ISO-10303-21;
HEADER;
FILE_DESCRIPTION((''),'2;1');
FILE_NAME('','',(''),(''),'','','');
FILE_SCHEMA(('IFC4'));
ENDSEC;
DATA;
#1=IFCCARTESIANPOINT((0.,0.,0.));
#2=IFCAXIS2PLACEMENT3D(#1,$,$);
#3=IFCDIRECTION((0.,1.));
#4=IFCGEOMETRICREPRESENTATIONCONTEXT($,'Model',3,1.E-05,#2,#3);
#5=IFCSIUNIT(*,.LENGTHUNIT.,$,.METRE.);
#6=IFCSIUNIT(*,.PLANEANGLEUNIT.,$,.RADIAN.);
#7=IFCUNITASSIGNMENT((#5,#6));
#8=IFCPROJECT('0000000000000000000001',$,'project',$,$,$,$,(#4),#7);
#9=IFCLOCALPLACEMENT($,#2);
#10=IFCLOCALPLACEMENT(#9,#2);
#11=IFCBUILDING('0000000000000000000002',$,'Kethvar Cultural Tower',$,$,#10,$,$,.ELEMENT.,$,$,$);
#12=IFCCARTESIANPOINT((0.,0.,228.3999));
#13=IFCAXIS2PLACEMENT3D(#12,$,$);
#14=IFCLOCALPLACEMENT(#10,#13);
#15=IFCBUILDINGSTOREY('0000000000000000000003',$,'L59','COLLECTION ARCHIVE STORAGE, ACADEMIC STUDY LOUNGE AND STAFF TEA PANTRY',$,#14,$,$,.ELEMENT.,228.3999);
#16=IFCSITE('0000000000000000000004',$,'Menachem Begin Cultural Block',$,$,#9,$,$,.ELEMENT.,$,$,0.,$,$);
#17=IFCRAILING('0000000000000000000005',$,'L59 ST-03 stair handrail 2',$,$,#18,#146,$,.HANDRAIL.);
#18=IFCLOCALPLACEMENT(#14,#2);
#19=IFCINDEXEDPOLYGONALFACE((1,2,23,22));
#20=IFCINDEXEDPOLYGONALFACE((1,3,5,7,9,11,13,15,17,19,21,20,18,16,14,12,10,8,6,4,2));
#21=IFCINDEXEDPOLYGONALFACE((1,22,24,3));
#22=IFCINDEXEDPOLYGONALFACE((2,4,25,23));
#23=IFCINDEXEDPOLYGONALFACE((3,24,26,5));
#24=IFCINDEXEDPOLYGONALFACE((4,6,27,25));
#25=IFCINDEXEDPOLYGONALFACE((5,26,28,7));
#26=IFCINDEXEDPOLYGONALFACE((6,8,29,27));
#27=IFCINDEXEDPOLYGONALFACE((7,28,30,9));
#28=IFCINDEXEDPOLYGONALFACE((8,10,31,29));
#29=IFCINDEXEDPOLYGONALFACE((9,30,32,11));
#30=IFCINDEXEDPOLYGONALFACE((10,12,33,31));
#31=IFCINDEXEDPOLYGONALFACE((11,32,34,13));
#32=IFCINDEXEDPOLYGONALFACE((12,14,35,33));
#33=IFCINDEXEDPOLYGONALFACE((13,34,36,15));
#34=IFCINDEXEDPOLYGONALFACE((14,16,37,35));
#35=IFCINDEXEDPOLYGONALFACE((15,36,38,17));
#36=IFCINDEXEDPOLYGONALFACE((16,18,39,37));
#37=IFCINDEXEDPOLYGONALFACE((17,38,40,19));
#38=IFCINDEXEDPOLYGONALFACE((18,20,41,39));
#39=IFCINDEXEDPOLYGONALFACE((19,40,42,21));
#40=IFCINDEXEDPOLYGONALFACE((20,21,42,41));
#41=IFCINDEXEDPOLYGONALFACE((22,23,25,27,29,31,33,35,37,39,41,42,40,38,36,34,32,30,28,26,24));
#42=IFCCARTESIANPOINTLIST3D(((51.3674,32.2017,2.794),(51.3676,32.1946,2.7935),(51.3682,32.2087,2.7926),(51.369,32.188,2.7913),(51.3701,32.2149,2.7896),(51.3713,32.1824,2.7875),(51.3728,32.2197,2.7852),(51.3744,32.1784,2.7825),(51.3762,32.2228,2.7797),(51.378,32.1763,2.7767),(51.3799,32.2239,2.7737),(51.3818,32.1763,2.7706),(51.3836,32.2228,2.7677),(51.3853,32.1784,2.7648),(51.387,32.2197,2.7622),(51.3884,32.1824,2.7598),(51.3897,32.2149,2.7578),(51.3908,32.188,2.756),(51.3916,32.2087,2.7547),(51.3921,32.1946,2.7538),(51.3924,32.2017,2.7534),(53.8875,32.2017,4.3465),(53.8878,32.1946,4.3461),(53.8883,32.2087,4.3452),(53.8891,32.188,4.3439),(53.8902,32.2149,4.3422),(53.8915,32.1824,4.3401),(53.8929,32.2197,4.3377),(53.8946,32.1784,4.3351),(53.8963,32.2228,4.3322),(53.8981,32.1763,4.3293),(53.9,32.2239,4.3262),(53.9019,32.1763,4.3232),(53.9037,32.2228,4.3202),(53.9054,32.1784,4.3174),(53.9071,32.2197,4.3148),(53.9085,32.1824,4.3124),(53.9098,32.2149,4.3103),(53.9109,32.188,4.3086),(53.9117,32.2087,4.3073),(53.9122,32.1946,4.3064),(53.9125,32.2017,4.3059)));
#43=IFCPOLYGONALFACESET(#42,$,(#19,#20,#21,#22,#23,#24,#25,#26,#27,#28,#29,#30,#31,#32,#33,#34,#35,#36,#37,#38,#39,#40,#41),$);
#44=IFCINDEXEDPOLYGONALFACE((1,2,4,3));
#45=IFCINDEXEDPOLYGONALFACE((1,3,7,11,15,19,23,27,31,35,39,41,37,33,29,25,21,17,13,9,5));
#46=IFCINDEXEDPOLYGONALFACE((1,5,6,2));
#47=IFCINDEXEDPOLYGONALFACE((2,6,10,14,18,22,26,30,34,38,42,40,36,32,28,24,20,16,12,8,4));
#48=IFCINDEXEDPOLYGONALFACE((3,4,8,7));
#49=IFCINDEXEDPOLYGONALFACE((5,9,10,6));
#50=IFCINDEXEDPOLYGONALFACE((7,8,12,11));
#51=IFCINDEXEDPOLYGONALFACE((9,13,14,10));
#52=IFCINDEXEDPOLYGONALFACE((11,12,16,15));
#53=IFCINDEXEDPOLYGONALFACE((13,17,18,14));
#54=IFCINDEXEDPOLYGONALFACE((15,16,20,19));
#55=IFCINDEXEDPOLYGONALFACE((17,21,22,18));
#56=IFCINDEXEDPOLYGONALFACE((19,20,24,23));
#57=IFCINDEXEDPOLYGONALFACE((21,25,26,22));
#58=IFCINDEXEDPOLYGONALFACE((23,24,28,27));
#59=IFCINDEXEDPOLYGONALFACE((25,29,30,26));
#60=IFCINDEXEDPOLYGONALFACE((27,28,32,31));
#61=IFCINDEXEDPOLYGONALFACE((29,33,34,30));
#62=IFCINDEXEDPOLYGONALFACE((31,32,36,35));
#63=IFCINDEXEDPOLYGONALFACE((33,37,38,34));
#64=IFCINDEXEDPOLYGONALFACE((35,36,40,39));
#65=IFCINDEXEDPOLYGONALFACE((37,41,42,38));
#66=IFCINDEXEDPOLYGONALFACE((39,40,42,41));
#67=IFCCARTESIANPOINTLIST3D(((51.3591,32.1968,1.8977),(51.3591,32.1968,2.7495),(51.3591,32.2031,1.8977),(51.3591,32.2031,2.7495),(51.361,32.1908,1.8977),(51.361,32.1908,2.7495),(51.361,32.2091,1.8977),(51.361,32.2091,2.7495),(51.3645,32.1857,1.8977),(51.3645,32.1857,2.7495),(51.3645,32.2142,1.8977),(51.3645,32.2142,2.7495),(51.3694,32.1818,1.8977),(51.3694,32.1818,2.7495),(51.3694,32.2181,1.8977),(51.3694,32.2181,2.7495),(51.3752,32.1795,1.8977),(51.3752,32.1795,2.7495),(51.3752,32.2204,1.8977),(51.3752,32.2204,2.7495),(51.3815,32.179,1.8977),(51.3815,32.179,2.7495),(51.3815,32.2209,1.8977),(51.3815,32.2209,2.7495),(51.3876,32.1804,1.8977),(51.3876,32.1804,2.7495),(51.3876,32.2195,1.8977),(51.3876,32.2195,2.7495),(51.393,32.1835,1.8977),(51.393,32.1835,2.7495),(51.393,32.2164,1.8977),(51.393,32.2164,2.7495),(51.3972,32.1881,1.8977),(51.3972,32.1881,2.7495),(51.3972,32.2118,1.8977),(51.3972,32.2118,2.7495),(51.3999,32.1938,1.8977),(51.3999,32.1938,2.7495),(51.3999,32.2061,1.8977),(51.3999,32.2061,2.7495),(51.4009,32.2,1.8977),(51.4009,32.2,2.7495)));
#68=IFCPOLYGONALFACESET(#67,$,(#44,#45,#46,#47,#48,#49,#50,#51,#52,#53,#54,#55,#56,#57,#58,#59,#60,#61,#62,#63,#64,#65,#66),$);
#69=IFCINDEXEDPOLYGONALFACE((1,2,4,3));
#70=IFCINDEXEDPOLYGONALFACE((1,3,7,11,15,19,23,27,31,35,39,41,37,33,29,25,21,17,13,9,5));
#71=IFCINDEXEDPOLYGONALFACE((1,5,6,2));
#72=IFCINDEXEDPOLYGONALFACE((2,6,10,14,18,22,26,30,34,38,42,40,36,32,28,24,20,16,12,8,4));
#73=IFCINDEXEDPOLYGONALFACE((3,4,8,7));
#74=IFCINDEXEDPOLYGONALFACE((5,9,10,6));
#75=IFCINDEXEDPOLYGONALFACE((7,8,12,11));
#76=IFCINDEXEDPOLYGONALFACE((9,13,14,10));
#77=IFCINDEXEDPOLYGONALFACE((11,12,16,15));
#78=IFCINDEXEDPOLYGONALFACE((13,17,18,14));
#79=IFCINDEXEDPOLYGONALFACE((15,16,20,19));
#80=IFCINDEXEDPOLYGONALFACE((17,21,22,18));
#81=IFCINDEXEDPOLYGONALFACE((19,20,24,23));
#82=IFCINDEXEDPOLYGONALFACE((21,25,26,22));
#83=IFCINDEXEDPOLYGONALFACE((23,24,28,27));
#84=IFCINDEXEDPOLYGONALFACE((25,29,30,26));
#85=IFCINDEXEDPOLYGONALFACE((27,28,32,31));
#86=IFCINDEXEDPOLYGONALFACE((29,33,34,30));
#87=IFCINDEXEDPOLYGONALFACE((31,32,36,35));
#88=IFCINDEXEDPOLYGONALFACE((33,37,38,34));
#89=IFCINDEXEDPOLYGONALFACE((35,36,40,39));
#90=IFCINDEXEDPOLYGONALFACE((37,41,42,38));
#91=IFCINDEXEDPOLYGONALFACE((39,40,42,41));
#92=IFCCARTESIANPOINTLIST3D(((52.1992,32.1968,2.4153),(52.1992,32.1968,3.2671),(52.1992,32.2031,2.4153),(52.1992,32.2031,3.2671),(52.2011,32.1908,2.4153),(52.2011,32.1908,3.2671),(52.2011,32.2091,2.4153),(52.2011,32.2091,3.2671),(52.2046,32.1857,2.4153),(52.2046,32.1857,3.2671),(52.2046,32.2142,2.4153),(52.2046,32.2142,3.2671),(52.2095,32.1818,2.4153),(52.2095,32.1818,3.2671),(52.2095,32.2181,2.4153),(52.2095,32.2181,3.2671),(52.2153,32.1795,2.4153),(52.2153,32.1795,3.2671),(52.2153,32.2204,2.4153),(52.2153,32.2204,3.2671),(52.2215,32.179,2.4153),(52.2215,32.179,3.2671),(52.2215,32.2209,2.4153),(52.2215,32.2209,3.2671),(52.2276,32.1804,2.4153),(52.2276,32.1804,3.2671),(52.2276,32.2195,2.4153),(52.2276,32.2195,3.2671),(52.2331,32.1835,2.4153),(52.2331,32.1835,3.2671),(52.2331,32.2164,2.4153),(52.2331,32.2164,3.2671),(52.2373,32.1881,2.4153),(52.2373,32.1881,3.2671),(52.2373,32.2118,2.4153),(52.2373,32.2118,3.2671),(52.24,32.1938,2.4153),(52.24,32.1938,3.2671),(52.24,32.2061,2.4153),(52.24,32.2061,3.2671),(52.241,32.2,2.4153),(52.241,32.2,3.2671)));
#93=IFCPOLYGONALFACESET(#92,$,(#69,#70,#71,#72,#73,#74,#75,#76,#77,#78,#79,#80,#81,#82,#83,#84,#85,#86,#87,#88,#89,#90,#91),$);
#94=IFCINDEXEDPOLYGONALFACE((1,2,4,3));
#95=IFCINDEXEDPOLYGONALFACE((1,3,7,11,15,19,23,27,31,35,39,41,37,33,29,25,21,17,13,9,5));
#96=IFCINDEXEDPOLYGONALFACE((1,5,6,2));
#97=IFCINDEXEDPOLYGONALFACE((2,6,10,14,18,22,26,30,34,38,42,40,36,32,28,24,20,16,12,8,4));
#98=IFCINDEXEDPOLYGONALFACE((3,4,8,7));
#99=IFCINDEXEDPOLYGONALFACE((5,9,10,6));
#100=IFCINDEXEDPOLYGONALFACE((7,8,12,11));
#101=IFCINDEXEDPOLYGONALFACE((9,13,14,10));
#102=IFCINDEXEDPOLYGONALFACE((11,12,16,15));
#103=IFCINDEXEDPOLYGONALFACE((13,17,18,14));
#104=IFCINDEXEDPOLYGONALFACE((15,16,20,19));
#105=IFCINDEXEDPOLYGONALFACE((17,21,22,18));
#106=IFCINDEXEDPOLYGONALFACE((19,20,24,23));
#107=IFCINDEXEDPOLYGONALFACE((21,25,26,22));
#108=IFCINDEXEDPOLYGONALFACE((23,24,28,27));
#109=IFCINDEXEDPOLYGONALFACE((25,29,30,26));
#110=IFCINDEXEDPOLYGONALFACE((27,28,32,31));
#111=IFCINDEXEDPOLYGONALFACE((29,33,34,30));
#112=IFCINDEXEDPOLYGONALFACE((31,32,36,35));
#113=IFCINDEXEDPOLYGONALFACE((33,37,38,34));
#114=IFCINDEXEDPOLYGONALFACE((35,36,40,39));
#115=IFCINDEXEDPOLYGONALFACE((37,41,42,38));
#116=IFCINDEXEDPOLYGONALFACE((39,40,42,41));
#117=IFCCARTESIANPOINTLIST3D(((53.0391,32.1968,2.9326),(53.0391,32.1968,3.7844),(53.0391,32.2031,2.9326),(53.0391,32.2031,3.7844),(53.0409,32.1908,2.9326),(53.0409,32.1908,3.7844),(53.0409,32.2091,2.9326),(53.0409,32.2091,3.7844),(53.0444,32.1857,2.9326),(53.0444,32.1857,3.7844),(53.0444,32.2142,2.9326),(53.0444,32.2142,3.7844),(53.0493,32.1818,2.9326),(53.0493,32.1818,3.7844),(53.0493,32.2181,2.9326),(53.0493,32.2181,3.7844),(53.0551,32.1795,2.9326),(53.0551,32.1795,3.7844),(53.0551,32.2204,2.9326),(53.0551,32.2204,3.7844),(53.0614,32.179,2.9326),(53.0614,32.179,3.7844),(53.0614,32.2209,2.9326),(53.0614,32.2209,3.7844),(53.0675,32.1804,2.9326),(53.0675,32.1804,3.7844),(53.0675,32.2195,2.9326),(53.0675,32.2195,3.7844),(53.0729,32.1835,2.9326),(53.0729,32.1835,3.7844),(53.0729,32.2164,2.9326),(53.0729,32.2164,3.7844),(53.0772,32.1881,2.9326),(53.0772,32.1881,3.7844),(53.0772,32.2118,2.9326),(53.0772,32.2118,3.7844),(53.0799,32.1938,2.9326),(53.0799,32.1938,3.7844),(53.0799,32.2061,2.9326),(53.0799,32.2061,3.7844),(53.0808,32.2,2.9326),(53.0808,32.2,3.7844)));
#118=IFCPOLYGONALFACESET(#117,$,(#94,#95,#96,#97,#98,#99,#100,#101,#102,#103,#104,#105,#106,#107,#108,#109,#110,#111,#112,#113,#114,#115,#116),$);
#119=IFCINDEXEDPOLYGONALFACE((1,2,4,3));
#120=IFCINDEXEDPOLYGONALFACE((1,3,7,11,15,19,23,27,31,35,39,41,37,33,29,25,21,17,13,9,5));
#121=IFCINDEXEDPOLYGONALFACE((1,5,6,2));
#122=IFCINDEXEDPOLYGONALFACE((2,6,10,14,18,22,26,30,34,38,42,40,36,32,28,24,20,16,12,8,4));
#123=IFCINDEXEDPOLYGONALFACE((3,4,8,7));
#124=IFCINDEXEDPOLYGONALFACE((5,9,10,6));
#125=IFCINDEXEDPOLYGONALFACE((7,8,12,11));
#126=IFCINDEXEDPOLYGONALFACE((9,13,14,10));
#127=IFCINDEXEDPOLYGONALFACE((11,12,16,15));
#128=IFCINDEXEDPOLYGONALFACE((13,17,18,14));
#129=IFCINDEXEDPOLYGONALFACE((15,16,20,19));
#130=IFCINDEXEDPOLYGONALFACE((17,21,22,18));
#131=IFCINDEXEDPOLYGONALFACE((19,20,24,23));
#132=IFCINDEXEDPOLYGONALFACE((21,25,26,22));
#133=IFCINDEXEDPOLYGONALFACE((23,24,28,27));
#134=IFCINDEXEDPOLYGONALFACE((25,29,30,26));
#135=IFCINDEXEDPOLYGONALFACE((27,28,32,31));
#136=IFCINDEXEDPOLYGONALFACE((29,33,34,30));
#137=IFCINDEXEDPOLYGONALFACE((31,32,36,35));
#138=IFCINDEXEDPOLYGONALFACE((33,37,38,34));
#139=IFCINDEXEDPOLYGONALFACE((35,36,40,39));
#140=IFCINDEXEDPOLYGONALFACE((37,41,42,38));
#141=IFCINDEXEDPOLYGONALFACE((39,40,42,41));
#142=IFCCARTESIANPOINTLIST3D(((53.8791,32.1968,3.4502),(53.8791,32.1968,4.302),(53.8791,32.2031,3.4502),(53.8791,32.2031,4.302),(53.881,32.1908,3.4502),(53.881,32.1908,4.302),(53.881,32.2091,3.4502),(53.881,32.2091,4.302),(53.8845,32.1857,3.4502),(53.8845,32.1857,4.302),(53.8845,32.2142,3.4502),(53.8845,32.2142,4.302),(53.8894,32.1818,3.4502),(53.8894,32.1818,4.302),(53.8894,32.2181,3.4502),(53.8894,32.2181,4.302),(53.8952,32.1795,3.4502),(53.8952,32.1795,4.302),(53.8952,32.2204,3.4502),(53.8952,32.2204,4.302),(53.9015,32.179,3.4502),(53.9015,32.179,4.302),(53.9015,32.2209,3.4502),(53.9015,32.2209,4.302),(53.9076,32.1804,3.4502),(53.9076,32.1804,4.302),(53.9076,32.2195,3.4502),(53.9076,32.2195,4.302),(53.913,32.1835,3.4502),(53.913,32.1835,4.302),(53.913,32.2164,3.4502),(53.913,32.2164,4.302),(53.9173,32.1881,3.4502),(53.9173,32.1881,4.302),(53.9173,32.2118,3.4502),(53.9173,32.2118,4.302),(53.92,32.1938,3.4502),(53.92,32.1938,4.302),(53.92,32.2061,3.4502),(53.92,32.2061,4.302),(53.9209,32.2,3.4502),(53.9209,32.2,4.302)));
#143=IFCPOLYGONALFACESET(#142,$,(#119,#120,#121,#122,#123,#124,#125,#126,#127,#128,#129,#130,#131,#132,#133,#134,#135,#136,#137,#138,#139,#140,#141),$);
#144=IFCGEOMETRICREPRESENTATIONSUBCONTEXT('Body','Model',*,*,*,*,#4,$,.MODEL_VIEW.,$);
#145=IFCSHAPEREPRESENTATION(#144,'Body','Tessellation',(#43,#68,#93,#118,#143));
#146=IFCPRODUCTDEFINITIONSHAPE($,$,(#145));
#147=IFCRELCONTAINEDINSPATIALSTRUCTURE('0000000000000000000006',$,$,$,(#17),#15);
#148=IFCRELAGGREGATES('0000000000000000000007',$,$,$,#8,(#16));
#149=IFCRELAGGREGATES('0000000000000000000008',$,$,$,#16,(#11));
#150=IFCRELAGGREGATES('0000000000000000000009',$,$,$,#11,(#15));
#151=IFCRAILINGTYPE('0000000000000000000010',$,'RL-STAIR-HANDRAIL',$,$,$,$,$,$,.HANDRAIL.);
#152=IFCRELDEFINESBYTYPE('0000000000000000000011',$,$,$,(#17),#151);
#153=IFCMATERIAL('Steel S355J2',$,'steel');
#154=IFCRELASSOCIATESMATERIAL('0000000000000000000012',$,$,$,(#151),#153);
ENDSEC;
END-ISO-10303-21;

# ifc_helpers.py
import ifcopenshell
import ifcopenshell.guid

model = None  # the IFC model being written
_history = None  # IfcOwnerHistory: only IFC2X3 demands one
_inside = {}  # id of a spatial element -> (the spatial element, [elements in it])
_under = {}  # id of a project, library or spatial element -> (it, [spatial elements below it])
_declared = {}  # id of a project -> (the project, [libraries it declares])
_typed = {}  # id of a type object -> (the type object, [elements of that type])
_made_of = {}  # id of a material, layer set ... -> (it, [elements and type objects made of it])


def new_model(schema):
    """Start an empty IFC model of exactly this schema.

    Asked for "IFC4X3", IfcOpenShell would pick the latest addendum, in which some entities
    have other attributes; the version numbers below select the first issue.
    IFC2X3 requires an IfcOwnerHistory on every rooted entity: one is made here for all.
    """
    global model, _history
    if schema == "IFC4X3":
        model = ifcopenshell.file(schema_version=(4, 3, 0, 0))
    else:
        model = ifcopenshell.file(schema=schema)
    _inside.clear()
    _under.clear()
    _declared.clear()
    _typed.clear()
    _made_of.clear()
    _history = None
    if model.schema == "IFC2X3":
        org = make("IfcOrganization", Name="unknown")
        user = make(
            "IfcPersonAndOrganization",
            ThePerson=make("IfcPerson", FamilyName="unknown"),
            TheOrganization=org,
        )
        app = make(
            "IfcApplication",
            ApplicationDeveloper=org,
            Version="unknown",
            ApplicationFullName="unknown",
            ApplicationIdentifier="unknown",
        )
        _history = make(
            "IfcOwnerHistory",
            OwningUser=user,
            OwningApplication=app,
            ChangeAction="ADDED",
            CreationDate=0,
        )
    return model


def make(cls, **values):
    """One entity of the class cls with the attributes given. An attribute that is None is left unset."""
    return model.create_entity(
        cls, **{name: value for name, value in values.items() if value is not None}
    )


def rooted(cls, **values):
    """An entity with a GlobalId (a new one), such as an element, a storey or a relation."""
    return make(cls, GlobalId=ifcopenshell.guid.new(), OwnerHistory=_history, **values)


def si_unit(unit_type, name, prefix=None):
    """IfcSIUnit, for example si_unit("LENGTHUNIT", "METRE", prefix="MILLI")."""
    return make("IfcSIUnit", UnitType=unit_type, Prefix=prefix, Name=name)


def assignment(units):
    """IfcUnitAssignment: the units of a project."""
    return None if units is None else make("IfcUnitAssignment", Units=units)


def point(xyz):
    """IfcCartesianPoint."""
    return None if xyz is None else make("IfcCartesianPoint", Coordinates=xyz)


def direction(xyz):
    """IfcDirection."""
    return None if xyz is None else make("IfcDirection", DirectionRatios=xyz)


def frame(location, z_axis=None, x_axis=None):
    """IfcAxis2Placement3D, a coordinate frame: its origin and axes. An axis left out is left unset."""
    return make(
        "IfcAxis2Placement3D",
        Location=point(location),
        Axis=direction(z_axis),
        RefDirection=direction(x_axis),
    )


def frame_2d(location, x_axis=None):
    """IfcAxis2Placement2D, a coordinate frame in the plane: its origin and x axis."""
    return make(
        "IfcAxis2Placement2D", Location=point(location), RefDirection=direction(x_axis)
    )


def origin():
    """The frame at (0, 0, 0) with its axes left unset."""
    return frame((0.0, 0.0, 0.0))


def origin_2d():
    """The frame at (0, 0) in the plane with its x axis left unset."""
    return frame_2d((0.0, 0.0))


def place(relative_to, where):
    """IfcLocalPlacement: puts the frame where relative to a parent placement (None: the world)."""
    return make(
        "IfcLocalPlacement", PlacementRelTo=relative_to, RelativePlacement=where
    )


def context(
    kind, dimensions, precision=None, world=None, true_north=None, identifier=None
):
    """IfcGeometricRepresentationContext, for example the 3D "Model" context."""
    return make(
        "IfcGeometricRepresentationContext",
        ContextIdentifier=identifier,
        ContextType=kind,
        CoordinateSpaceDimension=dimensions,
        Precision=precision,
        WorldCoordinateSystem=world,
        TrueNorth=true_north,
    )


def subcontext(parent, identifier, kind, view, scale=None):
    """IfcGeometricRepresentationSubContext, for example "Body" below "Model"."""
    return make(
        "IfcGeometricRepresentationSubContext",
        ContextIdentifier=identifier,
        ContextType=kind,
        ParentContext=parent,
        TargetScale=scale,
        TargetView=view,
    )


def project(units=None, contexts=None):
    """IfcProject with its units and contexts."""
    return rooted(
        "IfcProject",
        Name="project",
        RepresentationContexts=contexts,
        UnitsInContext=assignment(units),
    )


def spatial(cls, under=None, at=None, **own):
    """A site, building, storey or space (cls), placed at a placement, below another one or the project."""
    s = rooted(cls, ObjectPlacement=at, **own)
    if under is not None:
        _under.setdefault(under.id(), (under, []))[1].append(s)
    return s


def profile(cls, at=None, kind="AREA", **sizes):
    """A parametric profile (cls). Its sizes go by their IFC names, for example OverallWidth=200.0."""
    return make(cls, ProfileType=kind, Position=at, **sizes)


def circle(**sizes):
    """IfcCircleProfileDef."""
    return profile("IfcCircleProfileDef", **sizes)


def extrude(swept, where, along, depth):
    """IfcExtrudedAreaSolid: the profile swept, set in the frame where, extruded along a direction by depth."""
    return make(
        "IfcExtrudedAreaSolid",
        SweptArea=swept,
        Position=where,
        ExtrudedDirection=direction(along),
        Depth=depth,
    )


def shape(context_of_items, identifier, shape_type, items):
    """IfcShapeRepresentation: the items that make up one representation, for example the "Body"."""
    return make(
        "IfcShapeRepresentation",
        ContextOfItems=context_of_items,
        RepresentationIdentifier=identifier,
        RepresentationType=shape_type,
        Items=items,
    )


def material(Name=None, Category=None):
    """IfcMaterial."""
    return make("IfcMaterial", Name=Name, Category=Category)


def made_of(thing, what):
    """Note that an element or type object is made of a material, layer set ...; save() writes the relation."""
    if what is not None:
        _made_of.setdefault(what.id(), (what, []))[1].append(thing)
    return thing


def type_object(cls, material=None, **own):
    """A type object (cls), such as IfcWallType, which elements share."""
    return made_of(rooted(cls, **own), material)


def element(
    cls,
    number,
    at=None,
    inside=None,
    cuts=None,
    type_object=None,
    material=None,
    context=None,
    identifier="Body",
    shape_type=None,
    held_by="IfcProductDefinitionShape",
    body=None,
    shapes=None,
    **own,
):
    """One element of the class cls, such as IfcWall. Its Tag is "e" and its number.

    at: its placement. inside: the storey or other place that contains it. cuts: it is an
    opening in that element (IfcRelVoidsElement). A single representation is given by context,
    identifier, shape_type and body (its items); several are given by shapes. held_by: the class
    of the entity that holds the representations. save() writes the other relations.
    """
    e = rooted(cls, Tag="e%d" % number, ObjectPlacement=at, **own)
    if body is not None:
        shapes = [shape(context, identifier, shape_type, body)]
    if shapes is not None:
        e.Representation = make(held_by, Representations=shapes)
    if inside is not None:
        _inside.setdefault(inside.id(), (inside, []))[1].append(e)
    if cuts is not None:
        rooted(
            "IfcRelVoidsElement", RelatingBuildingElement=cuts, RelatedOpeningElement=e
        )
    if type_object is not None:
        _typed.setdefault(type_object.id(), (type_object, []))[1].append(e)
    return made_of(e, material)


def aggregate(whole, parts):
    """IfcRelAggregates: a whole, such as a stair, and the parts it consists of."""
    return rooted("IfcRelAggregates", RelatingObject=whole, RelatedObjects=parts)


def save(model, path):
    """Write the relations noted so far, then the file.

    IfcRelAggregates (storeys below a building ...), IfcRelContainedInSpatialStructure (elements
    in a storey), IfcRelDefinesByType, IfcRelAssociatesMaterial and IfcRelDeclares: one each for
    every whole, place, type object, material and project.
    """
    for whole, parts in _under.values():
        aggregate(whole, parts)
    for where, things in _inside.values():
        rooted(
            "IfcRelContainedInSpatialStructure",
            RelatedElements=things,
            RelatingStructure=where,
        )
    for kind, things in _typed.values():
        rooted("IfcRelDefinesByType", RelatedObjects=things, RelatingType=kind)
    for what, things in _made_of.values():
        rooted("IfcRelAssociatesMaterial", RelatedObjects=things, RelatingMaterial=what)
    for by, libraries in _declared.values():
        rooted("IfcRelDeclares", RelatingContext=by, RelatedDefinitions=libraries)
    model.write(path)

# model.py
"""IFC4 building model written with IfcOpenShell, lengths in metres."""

from ifc_helpers import new_model, si_unit, direction, frame, origin, origin_2d, place, context, subcontext, project, spatial, circle, extrude, material, type_object, element, save


model = new_model("IFC4")

# Units and contexts
model_context = context("Model", 3, precision=1e-05, world=origin(), true_north=direction((0.0, 1.0)))
body_context = subcontext(model_context, "Body", "Model", "MODEL_VIEW")
ifc_project = project(units=[si_unit("LENGTHUNIT", "METRE"), si_unit("PLANEANGLEUNIT", "RADIAN")], contexts=[model_context])

# Site, building, storey
site_placement = place(None, origin())
site = spatial("IfcSite", under=ifc_project, at=site_placement, Name="Menachem Begin Cultural Block", CompositionType="ELEMENT", RefElevation=0.0)
building_placement = place(site_placement, origin())
building = spatial("IfcBuilding", under=site, at=building_placement, Name="Kethvar Cultural Tower", CompositionType="ELEMENT")
storey_placement = place(building_placement, frame((0.0, 0.0, 228.3999)))
storey = spatial("IfcBuildingStorey", under=building, at=storey_placement, Name="L59", Description="COLLECTION ARCHIVE STORAGE, ACADEMIC STUDY LOUNGE AND STAFF TEA PANTRY", CompositionType="ELEMENT", Elevation=228.3999)

# Shared definitions
ifc_material_1 = material(Name="Steel S355J2", Category="steel")

# Railing
railing_type_1 = type_object("IfcRailingType", Name="RL-STAIR-HANDRAIL", PredefinedType="HANDRAIL", material=ifc_material_1)
railing_1_placement = place(storey_placement, frame((51.3799, 32.2, 1.8977)))
element("IfcRailing", 1, at=railing_1_placement, inside=storey, type_object=railing_type_1, Name="L59 ST-03 stair handrail 2", PredefinedType="HANDRAIL", context=body_context, shape_type="SweptSolid", body=[
    extrude(circle(Radius=0.0239, at=origin_2d()), frame((0.0, 0.0, 0.876), z_axis=(0.8514, 0.0, 0.524516), x_axis=(0.0, 1.0, 0.0)), (0.0, 0.0, 1.0), 2.96),
    extrude(circle(Radius=0.021, at=origin_2d()), origin(), (0.0, 0.0, 1.0), 0.8518),
    extrude(circle(Radius=0.021, at=origin_2d()), frame((0.8401, 0.0, 0.5176)), (0.0, 0.0, 1.0), 0.8518),
    extrude(circle(Radius=0.021, at=origin_2d()), frame((1.6799, 0.0, 1.0349)), (0.0, 0.0, 1.0), 0.8518),
    extrude(circle(Radius=0.021, at=origin_2d()), frame((2.52, 0.0, 1.5525)), (0.0, 0.0, 1.0), 0.8518),
])

save(model, "model.ifc")
